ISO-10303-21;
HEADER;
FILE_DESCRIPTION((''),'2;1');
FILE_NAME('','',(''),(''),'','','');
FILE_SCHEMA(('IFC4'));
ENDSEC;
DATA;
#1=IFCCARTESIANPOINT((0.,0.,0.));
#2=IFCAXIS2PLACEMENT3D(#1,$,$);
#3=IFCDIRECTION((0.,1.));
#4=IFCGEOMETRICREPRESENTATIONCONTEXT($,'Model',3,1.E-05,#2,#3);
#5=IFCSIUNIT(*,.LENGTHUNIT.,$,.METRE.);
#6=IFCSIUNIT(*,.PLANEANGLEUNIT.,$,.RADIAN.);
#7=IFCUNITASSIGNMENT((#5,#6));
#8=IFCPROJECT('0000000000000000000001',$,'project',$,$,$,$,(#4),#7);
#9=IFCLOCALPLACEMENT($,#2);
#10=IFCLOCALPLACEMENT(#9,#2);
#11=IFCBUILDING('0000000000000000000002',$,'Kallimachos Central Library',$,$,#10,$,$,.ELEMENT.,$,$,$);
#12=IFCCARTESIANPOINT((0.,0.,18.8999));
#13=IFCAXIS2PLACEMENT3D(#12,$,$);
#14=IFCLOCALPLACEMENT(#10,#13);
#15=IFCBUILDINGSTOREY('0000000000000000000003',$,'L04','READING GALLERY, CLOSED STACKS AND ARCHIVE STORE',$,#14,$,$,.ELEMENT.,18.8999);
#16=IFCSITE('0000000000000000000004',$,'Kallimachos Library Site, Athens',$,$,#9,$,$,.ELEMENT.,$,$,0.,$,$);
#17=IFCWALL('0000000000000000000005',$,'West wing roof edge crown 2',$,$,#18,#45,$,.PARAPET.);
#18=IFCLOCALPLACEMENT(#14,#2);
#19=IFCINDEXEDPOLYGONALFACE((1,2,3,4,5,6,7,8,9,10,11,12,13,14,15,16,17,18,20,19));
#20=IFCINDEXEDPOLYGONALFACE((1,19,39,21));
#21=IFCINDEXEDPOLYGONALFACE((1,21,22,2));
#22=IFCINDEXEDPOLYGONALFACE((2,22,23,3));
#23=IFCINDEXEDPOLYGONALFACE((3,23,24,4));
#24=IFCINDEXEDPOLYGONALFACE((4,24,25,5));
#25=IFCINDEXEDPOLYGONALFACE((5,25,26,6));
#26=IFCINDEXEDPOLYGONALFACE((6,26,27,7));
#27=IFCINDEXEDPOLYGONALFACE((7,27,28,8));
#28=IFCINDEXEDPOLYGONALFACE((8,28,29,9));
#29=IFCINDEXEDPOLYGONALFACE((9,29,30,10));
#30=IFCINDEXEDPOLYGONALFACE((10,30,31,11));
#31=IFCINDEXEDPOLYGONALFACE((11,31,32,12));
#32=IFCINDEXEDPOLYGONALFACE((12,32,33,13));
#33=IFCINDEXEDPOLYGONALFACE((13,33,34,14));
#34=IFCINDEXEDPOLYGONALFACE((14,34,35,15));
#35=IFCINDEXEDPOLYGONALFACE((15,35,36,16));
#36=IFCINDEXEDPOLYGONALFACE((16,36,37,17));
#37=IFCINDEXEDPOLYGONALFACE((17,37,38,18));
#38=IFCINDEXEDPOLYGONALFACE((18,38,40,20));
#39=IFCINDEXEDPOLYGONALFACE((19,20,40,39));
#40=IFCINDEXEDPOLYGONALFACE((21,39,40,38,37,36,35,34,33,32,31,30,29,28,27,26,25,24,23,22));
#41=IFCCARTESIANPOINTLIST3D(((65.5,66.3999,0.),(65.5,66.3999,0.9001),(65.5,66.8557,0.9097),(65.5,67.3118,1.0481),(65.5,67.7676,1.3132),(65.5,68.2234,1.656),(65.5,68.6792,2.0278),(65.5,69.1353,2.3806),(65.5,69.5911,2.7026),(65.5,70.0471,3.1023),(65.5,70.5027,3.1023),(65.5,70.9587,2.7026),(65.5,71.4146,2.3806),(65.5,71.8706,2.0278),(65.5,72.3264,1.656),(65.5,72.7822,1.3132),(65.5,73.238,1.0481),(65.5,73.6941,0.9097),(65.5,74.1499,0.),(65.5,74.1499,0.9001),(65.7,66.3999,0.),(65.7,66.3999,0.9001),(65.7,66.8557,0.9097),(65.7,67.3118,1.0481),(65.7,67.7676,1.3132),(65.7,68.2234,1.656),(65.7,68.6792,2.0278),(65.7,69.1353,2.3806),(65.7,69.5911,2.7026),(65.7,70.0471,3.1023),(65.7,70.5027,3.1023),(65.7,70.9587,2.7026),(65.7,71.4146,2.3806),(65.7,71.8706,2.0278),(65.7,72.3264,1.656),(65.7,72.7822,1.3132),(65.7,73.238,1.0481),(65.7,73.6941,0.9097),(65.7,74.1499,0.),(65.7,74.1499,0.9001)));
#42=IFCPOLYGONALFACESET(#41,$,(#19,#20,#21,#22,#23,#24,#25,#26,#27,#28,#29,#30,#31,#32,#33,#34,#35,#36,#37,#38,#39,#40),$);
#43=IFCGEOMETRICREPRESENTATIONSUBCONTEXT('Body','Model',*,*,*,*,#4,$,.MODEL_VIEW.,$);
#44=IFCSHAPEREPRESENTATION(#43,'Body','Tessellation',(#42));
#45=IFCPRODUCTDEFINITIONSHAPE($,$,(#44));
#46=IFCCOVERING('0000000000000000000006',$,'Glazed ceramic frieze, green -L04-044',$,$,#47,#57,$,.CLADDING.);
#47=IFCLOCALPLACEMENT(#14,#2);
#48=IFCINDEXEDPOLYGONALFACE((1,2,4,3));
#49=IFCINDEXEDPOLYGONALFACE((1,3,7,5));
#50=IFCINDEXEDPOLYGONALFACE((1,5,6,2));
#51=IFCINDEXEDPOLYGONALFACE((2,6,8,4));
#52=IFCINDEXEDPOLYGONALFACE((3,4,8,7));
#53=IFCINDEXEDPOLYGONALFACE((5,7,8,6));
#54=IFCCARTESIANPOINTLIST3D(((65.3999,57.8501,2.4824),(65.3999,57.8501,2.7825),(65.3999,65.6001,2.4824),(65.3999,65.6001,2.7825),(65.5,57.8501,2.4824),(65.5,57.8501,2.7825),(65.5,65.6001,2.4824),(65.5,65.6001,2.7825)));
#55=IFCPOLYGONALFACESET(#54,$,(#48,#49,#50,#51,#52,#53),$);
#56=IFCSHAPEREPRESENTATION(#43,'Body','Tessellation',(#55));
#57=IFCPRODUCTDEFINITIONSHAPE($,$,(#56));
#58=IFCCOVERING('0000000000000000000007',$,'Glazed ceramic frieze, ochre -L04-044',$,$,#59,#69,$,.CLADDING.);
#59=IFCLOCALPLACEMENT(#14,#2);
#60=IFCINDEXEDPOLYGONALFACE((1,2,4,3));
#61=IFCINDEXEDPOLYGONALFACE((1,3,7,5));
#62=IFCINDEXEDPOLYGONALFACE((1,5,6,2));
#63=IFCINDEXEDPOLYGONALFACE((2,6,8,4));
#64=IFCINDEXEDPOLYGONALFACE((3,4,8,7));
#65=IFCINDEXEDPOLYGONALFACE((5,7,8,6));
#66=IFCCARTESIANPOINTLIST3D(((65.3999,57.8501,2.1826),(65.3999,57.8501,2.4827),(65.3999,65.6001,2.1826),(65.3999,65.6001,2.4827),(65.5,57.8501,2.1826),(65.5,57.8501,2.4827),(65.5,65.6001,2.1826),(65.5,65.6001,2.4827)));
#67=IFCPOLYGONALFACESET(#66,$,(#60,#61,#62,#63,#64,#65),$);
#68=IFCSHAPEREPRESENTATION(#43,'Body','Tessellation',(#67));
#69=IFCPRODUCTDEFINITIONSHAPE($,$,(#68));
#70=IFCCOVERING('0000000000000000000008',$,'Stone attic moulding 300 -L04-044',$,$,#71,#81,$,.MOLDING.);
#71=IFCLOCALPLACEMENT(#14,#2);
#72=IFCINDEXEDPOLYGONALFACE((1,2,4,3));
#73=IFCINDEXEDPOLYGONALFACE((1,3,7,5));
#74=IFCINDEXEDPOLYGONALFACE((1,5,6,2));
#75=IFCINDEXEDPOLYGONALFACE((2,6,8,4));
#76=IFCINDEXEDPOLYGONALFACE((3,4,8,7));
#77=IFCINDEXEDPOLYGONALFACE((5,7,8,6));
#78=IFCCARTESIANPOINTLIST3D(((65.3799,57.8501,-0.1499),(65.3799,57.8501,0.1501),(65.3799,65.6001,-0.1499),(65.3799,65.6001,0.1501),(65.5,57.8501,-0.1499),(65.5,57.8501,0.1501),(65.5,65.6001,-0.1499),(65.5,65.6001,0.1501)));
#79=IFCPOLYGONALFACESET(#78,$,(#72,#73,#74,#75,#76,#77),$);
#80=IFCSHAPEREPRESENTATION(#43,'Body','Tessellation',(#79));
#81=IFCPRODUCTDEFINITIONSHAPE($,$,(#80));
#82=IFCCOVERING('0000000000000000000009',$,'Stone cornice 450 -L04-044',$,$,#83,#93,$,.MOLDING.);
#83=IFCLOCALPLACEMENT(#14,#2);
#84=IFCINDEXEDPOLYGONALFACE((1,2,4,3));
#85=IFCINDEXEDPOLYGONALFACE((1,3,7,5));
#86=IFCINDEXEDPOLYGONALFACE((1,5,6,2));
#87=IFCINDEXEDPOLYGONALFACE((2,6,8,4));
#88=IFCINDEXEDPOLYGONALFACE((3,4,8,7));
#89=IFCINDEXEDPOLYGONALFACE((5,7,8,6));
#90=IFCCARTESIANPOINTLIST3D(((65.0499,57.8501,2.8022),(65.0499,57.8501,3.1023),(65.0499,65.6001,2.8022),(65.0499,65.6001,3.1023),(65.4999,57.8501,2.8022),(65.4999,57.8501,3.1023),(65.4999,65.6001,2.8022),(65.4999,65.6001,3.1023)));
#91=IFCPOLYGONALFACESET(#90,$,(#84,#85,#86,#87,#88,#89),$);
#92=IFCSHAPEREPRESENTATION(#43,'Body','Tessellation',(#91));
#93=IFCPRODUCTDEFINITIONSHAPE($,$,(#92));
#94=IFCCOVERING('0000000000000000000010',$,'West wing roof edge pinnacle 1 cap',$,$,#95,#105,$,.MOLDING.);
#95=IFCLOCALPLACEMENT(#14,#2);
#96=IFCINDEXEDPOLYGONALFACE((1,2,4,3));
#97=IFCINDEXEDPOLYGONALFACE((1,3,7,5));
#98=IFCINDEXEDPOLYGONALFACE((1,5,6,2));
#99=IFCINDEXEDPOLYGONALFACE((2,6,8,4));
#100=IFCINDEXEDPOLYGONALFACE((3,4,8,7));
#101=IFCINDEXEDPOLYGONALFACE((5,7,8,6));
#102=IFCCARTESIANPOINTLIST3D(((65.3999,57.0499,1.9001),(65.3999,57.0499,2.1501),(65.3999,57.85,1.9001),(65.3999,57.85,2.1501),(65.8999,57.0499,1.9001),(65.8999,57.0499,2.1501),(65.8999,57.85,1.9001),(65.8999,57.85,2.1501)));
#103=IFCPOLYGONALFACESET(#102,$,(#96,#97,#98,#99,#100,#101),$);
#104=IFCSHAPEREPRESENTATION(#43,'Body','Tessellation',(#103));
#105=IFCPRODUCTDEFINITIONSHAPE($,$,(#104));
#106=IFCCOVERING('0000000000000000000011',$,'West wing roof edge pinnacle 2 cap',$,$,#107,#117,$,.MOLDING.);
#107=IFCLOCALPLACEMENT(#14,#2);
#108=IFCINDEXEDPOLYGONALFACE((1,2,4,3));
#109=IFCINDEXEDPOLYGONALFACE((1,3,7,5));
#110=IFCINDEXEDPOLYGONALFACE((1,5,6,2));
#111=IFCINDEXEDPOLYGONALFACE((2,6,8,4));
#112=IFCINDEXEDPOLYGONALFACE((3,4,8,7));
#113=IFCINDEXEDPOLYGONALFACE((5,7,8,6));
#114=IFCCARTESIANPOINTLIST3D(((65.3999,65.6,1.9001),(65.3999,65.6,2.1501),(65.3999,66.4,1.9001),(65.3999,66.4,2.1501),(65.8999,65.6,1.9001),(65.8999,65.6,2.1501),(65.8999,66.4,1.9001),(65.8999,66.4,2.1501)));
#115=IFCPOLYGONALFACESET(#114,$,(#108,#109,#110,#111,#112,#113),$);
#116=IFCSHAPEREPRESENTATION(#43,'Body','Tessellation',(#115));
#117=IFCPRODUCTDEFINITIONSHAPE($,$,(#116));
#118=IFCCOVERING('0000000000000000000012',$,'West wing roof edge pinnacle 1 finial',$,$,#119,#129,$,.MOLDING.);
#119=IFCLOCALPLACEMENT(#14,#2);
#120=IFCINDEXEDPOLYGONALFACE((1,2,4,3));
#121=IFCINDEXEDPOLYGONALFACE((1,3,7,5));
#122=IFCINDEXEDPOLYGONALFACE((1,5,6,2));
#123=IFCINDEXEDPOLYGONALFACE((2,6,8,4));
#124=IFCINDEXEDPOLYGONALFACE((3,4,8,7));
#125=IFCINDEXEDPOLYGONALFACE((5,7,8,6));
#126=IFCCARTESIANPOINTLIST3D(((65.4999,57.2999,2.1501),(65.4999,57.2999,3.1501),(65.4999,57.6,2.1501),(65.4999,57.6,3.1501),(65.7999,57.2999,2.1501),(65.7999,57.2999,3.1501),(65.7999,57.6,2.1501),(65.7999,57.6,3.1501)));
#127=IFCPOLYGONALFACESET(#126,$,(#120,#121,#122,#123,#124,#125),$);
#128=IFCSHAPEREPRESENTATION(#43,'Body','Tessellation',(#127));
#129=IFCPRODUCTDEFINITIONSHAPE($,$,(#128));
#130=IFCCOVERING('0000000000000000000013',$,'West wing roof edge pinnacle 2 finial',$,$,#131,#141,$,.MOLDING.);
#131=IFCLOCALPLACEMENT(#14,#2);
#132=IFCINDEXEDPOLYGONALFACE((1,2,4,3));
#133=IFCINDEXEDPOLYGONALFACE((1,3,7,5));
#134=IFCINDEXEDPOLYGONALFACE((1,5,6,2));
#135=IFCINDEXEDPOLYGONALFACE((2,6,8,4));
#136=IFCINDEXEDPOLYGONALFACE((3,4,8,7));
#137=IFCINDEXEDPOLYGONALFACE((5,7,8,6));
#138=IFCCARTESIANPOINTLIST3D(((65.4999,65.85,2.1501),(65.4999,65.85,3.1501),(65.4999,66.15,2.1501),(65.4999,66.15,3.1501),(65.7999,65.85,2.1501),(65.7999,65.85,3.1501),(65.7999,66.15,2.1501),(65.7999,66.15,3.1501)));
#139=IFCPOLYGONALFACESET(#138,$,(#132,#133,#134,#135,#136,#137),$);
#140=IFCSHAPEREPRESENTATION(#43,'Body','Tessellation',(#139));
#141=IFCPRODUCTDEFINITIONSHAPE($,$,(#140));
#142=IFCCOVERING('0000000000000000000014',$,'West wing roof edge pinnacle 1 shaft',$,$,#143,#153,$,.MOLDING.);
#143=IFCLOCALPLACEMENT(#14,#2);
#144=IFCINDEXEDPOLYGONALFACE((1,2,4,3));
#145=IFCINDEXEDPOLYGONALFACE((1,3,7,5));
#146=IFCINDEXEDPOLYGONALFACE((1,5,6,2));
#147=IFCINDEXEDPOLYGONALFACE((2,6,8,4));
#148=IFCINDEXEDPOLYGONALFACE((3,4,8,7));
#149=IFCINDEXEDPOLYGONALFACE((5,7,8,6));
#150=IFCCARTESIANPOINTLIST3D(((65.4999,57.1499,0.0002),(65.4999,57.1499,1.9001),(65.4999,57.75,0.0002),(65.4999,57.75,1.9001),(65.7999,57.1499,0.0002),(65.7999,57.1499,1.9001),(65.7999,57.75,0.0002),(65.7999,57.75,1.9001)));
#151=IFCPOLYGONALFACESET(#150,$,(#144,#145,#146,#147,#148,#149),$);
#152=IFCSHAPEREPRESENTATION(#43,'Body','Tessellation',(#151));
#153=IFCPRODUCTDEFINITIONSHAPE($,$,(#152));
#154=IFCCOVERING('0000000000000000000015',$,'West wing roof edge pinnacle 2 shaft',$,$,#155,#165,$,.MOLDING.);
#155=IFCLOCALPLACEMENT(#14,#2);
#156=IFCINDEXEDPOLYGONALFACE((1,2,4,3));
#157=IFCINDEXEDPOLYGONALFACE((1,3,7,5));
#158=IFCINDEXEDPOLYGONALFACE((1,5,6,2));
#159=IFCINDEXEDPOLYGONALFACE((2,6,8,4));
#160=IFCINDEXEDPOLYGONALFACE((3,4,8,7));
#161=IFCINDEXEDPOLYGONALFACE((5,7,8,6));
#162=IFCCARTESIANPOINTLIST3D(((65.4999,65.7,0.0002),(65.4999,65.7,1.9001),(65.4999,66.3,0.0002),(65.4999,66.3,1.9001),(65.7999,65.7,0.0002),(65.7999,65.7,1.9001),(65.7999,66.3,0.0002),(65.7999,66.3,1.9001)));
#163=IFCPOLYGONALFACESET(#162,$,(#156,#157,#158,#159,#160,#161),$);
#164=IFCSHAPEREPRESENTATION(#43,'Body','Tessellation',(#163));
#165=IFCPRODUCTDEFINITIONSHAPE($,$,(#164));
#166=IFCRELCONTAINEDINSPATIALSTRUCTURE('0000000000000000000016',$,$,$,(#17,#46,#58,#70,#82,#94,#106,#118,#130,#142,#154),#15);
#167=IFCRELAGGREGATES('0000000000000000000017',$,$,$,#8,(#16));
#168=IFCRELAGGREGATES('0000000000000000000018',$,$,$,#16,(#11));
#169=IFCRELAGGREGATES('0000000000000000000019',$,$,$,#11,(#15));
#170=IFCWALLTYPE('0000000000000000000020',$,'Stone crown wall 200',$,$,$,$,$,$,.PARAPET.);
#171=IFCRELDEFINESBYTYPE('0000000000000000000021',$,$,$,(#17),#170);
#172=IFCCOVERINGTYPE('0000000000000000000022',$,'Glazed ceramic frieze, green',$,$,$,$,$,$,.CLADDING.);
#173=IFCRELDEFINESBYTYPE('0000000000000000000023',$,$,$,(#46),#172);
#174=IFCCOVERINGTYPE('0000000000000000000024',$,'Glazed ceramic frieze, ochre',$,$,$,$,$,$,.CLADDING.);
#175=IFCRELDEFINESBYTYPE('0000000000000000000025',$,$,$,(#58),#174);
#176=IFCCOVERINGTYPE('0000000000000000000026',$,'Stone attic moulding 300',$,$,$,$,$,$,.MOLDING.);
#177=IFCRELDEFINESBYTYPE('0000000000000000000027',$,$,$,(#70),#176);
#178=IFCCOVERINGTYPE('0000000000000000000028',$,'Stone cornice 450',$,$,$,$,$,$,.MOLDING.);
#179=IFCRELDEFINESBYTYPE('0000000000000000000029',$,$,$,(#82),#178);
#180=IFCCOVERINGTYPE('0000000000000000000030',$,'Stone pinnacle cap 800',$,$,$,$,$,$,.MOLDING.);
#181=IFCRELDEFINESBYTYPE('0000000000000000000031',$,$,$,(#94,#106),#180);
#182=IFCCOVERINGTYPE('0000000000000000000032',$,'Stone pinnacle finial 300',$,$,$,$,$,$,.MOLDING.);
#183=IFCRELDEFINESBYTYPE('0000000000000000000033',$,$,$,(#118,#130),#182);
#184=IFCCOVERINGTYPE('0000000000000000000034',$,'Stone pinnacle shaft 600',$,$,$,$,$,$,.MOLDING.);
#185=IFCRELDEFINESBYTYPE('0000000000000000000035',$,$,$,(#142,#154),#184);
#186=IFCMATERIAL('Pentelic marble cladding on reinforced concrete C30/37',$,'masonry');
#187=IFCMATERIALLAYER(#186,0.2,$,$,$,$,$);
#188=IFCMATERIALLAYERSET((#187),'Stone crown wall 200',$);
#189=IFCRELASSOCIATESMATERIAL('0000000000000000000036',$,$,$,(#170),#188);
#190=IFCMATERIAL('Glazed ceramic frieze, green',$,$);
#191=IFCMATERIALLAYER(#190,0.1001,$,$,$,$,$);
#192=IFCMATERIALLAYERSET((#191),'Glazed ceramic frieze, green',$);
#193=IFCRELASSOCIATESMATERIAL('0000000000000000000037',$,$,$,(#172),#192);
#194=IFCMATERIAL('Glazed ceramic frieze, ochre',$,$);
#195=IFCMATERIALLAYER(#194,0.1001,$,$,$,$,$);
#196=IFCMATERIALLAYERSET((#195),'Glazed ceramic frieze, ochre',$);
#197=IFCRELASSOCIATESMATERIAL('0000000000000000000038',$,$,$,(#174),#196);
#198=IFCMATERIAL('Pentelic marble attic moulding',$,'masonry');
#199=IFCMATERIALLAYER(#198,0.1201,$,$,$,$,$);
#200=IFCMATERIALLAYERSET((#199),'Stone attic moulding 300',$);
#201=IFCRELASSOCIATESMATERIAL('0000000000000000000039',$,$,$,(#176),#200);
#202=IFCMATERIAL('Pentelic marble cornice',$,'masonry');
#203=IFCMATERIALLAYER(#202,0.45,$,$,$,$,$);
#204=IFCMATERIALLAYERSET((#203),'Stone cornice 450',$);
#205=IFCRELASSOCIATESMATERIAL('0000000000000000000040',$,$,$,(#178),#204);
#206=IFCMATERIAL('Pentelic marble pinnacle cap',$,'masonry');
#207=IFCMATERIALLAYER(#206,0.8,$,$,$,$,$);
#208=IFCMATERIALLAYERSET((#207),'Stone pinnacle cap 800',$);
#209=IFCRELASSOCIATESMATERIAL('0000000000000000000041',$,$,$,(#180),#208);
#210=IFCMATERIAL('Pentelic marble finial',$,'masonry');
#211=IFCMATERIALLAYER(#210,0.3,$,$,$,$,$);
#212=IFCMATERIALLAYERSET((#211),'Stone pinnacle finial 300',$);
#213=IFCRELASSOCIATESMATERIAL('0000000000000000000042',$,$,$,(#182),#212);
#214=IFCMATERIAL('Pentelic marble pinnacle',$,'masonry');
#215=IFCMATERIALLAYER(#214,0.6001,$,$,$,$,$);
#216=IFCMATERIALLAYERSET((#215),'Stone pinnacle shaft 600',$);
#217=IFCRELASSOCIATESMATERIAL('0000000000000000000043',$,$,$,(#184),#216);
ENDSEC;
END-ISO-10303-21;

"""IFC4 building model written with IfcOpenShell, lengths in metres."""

from ifc_helpers import new_model, si_unit, direction, frame, origin, origin_2d, place, context, subcontext, project, spatial, polyline, rectangle, outline, extrude, material, layer, layer_set, type_object, element, save


model = new_model("IFC4")

# Units and contexts
model_context = context("Model", 3, precision=1e-05, world=origin(), true_north=direction((0.0, 1.0)))
body_context = subcontext(model_context, "Body", "Model", "MODEL_VIEW")
ifc_project = project(units=[si_unit("LENGTHUNIT", "METRE"), si_unit("PLANEANGLEUNIT", "RADIAN")], contexts=[model_context])

# Site, building, storey
site_placement = place(None, origin())
site = spatial("IfcSite", under=ifc_project, at=site_placement, Name="Kallimachos Library Site, Athens", CompositionType="ELEMENT", RefElevation=0.0)
building_placement = place(site_placement, origin())
building = spatial("IfcBuilding", under=site, at=building_placement, Name="Kallimachos Central Library", CompositionType="ELEMENT")
storey_placement = place(building_placement, frame((0.0, 0.0, 18.8999)))
storey = spatial("IfcBuildingStorey", under=building, at=storey_placement, Name="L04", Description="READING GALLERY, CLOSED STACKS AND ARCHIVE STORE", CompositionType="ELEMENT", Elevation=18.8999)

# Wall
ifc_material_1 = material(Name="Pentelic marble cladding on reinforced concrete C30/37", Category="masonry")
ifc_layer_1 = layer(ifc_material_1, 0.2)
ifc_layer_set_1 = layer_set([ifc_layer_1], Name="Stone crown wall 200")
wall_type = type_object("IfcWallType", Name="Stone crown wall 200", PredefinedType="PARAPET", material=ifc_layer_set_1)
for number, where, z_axis, x_axis, name in (
    (1, (65.6001, 66.3999, 0.0), (0.0, 0.0, 1.0), (0.0, 1.0, 0.0), "West wing roof edge crown 2"),
):
    element("IfcWall", number, at=place(storey_placement, frame(where, z_axis=z_axis, x_axis=x_axis)), inside=storey, type_object=wall_type, Name=name, PredefinedType="PARAPET", context=body_context, shape_type="SweptSolid", body=[
        extrude(outline(polyline([(0.0, 0.0), (7.75, 0.0), (7.75, 0.9001), (7.2942, 0.9097), (6.8381, 1.0481), (6.3823, 1.3132), (5.9265, 1.656), (5.4707, 2.0278), (5.0146, 2.3806), (4.5588, 2.7026), (4.1028, 3.1023), (3.6472, 3.1023), (3.1912, 2.7026), (2.7354, 2.3806), (2.2793, 2.0278), (1.8235, 1.656), (1.3677, 1.3132), (0.9119, 1.0481), (0.4558, 0.9097), (0.0, 0.9001), (0.0, 0.0)])), frame((0.0, 0.1001, 0.0), z_axis=(0.0, -1.0, 0.0), x_axis=(1.0, 0.0, 0.0)), (0.0, 0.0, 1.0), 0.2),
    ])

# Coverings
ifc_material_2 = material(Name="Glazed ceramic frieze, green")
ifc_layer_2 = layer(ifc_material_2, 0.1001)
ifc_layer_set_2 = layer_set([ifc_layer_2], Name="Glazed ceramic frieze, green")
covering_type_1 = type_object("IfcCoveringType", Name="Glazed ceramic frieze, green", PredefinedType="CLADDING", material=ifc_layer_set_2)
covering_1_placement = place(storey_placement, frame((65.45, 61.7251, 2.4824), z_axis=(0.0, 0.0, 1.0), x_axis=(1.0, 0.0, 0.0)))
element("IfcCovering", 2, at=covering_1_placement, inside=storey, type_object=covering_type_1, Name="Glazed ceramic frieze, green -L04-044", PredefinedType="CLADDING", context=body_context, shape_type="SweptSolid", body=[
    extrude(rectangle(XDim=0.1001, YDim=7.75, at=origin_2d()), origin(), (0.0, 0.0, 1.0), 0.3),
])
ifc_material_3 = material(Name="Glazed ceramic frieze, ochre")
ifc_layer_3 = layer(ifc_material_3, 0.1001)
ifc_layer_set_3 = layer_set([ifc_layer_3], Name="Glazed ceramic frieze, ochre")
covering_type_2 = type_object("IfcCoveringType", Name="Glazed ceramic frieze, ochre", PredefinedType="CLADDING", material=ifc_layer_set_3)
covering_2_placement = place(storey_placement, frame((65.45, 61.7251, 2.1826), z_axis=(0.0, 0.0, 1.0), x_axis=(1.0, 0.0, 0.0)))
element("IfcCovering", 3, at=covering_2_placement, inside=storey, type_object=covering_type_2, Name="Glazed ceramic frieze, ochre -L04-044", PredefinedType="CLADDING", context=body_context, shape_type="SweptSolid", body=[
    extrude(rectangle(XDim=0.1001, YDim=7.75, at=origin_2d()), origin(), (0.0, 0.0, 1.0), 0.3),
])

# Coverings
ifc_material_4 = material(Name="Pentelic marble attic moulding", Category="masonry")
ifc_layer_4 = layer(ifc_material_4, 0.1201)
ifc_layer_set_4 = layer_set([ifc_layer_4], Name="Stone attic moulding 300")
covering_type_3 = type_object("IfcCoveringType", Name="Stone attic moulding 300", PredefinedType="MOLDING", material=ifc_layer_set_4)
covering_3_placement = place(storey_placement, frame((65.4399, 61.7251, -0.1499), z_axis=(0.0, 0.0, 1.0), x_axis=(1.0, 0.0, 0.0)))
element("IfcCovering", 4, at=covering_3_placement, inside=storey, type_object=covering_type_3, Name="Stone attic moulding 300 -L04-044", PredefinedType="MOLDING", context=body_context, shape_type="SweptSolid", body=[
    extrude(rectangle(XDim=0.1201, YDim=7.75, at=origin_2d()), origin(), (0.0, 0.0, 1.0), 0.3),
])
ifc_material_5 = material(Name="Pentelic marble cornice", Category="masonry")
ifc_layer_5 = layer(ifc_material_5, 0.45)
ifc_layer_set_5 = layer_set([ifc_layer_5], Name="Stone cornice 450")
covering_type_4 = type_object("IfcCoveringType", Name="Stone cornice 450", PredefinedType="MOLDING", material=ifc_layer_set_5)
covering_4_placement = place(storey_placement, frame((65.2749, 61.7251, 2.8022), z_axis=(0.0, 0.0, 1.0), x_axis=(1.0, 0.0, 0.0)))
element("IfcCovering", 5, at=covering_4_placement, inside=storey, type_object=covering_type_4, Name="Stone cornice 450 -L04-044", PredefinedType="MOLDING", context=body_context, shape_type="SweptSolid", body=[
    extrude(rectangle(XDim=0.45, YDim=7.75, at=origin_2d()), origin(), (0.0, 0.0, 1.0), 0.3),
])
ifc_material_6 = material(Name="Pentelic marble pinnacle cap", Category="masonry")
ifc_layer_6 = layer(ifc_material_6, 0.8)
ifc_layer_set_6 = layer_set([ifc_layer_6], Name="Stone pinnacle cap 800")
covering_type_5 = type_object("IfcCoveringType", Name="Stone pinnacle cap 800", PredefinedType="MOLDING", material=ifc_layer_set_6)
for number, where, z_axis, x_axis, name in (
    (6, (65.6499, 57.45, 1.9001), (0.0, 0.0, 1.0), (1.0, 0.0, 0.0), "West wing roof edge pinnacle 1 cap"),
    (7, (65.6499, 66.0, 1.9001), (0.0, 0.0, 1.0), (1.0, 0.0, 0.0), "West wing roof edge pinnacle 2 cap"),
):
    element("IfcCovering", number, at=place(storey_placement, frame(where, z_axis=z_axis, x_axis=x_axis)), inside=storey, type_object=covering_type_5, Name=name, PredefinedType="MOLDING", context=body_context, shape_type="SweptSolid", body=[
        extrude(rectangle(XDim=0.5, YDim=0.8, at=origin_2d()), origin(), (0.0, 0.0, 1.0), 0.25),
    ])
ifc_material_7 = material(Name="Pentelic marble finial", Category="masonry")
ifc_layer_7 = layer(ifc_material_7, 0.3)
ifc_layer_set_7 = layer_set([ifc_layer_7], Name="Stone pinnacle finial 300")
covering_type_6 = type_object("IfcCoveringType", Name="Stone pinnacle finial 300", PredefinedType="MOLDING", material=ifc_layer_set_7)
for number, where, z_axis, x_axis, name in (
    (8, (65.6499, 57.45, 2.1501), (0.0, 0.0, 1.0), (1.0, 0.0, 0.0), "West wing roof edge pinnacle 1 finial"),
    (9, (65.6499, 66.0, 2.1501), (0.0, 0.0, 1.0), (1.0, 0.0, 0.0), "West wing roof edge pinnacle 2 finial"),
):
    element("IfcCovering", number, at=place(storey_placement, frame(where, z_axis=z_axis, x_axis=x_axis)), inside=storey, type_object=covering_type_6, Name=name, PredefinedType="MOLDING", context=body_context, shape_type="SweptSolid", body=[
        extrude(rectangle(XDim=0.3, YDim=0.3, at=origin_2d()), origin(), (0.0, 0.0, 1.0), 1.0),
    ])
ifc_material_8 = material(Name="Pentelic marble pinnacle", Category="masonry")
ifc_layer_8 = layer(ifc_material_8, 0.6001)
ifc_layer_set_8 = layer_set([ifc_layer_8], Name="Stone pinnacle shaft 600")
covering_type_7 = type_object("IfcCoveringType", Name="Stone pinnacle shaft 600", PredefinedType="MOLDING", material=ifc_layer_set_8)
for number, where, z_axis, x_axis, name in (
    (10, (65.6499, 57.45, 0.0002), (0.0, 0.0, 1.0), (1.0, 0.0, 0.0), "West wing roof edge pinnacle 1 shaft"),
    (11, (65.6499, 66.0, 0.0002), (0.0, 0.0, 1.0), (1.0, 0.0, 0.0), "West wing roof edge pinnacle 2 shaft"),
):
    element("IfcCovering", number, at=place(storey_placement, frame(where, z_axis=z_axis, x_axis=x_axis)), inside=storey, type_object=covering_type_7, Name=name, PredefinedType="MOLDING", context=body_context, shape_type="SweptSolid", body=[
        extrude(rectangle(XDim=0.3, YDim=0.6001, at=origin_2d()), origin(), (0.0, 0.0, 1.0), 1.8999),
    ])

save(model, "model.ifc")
